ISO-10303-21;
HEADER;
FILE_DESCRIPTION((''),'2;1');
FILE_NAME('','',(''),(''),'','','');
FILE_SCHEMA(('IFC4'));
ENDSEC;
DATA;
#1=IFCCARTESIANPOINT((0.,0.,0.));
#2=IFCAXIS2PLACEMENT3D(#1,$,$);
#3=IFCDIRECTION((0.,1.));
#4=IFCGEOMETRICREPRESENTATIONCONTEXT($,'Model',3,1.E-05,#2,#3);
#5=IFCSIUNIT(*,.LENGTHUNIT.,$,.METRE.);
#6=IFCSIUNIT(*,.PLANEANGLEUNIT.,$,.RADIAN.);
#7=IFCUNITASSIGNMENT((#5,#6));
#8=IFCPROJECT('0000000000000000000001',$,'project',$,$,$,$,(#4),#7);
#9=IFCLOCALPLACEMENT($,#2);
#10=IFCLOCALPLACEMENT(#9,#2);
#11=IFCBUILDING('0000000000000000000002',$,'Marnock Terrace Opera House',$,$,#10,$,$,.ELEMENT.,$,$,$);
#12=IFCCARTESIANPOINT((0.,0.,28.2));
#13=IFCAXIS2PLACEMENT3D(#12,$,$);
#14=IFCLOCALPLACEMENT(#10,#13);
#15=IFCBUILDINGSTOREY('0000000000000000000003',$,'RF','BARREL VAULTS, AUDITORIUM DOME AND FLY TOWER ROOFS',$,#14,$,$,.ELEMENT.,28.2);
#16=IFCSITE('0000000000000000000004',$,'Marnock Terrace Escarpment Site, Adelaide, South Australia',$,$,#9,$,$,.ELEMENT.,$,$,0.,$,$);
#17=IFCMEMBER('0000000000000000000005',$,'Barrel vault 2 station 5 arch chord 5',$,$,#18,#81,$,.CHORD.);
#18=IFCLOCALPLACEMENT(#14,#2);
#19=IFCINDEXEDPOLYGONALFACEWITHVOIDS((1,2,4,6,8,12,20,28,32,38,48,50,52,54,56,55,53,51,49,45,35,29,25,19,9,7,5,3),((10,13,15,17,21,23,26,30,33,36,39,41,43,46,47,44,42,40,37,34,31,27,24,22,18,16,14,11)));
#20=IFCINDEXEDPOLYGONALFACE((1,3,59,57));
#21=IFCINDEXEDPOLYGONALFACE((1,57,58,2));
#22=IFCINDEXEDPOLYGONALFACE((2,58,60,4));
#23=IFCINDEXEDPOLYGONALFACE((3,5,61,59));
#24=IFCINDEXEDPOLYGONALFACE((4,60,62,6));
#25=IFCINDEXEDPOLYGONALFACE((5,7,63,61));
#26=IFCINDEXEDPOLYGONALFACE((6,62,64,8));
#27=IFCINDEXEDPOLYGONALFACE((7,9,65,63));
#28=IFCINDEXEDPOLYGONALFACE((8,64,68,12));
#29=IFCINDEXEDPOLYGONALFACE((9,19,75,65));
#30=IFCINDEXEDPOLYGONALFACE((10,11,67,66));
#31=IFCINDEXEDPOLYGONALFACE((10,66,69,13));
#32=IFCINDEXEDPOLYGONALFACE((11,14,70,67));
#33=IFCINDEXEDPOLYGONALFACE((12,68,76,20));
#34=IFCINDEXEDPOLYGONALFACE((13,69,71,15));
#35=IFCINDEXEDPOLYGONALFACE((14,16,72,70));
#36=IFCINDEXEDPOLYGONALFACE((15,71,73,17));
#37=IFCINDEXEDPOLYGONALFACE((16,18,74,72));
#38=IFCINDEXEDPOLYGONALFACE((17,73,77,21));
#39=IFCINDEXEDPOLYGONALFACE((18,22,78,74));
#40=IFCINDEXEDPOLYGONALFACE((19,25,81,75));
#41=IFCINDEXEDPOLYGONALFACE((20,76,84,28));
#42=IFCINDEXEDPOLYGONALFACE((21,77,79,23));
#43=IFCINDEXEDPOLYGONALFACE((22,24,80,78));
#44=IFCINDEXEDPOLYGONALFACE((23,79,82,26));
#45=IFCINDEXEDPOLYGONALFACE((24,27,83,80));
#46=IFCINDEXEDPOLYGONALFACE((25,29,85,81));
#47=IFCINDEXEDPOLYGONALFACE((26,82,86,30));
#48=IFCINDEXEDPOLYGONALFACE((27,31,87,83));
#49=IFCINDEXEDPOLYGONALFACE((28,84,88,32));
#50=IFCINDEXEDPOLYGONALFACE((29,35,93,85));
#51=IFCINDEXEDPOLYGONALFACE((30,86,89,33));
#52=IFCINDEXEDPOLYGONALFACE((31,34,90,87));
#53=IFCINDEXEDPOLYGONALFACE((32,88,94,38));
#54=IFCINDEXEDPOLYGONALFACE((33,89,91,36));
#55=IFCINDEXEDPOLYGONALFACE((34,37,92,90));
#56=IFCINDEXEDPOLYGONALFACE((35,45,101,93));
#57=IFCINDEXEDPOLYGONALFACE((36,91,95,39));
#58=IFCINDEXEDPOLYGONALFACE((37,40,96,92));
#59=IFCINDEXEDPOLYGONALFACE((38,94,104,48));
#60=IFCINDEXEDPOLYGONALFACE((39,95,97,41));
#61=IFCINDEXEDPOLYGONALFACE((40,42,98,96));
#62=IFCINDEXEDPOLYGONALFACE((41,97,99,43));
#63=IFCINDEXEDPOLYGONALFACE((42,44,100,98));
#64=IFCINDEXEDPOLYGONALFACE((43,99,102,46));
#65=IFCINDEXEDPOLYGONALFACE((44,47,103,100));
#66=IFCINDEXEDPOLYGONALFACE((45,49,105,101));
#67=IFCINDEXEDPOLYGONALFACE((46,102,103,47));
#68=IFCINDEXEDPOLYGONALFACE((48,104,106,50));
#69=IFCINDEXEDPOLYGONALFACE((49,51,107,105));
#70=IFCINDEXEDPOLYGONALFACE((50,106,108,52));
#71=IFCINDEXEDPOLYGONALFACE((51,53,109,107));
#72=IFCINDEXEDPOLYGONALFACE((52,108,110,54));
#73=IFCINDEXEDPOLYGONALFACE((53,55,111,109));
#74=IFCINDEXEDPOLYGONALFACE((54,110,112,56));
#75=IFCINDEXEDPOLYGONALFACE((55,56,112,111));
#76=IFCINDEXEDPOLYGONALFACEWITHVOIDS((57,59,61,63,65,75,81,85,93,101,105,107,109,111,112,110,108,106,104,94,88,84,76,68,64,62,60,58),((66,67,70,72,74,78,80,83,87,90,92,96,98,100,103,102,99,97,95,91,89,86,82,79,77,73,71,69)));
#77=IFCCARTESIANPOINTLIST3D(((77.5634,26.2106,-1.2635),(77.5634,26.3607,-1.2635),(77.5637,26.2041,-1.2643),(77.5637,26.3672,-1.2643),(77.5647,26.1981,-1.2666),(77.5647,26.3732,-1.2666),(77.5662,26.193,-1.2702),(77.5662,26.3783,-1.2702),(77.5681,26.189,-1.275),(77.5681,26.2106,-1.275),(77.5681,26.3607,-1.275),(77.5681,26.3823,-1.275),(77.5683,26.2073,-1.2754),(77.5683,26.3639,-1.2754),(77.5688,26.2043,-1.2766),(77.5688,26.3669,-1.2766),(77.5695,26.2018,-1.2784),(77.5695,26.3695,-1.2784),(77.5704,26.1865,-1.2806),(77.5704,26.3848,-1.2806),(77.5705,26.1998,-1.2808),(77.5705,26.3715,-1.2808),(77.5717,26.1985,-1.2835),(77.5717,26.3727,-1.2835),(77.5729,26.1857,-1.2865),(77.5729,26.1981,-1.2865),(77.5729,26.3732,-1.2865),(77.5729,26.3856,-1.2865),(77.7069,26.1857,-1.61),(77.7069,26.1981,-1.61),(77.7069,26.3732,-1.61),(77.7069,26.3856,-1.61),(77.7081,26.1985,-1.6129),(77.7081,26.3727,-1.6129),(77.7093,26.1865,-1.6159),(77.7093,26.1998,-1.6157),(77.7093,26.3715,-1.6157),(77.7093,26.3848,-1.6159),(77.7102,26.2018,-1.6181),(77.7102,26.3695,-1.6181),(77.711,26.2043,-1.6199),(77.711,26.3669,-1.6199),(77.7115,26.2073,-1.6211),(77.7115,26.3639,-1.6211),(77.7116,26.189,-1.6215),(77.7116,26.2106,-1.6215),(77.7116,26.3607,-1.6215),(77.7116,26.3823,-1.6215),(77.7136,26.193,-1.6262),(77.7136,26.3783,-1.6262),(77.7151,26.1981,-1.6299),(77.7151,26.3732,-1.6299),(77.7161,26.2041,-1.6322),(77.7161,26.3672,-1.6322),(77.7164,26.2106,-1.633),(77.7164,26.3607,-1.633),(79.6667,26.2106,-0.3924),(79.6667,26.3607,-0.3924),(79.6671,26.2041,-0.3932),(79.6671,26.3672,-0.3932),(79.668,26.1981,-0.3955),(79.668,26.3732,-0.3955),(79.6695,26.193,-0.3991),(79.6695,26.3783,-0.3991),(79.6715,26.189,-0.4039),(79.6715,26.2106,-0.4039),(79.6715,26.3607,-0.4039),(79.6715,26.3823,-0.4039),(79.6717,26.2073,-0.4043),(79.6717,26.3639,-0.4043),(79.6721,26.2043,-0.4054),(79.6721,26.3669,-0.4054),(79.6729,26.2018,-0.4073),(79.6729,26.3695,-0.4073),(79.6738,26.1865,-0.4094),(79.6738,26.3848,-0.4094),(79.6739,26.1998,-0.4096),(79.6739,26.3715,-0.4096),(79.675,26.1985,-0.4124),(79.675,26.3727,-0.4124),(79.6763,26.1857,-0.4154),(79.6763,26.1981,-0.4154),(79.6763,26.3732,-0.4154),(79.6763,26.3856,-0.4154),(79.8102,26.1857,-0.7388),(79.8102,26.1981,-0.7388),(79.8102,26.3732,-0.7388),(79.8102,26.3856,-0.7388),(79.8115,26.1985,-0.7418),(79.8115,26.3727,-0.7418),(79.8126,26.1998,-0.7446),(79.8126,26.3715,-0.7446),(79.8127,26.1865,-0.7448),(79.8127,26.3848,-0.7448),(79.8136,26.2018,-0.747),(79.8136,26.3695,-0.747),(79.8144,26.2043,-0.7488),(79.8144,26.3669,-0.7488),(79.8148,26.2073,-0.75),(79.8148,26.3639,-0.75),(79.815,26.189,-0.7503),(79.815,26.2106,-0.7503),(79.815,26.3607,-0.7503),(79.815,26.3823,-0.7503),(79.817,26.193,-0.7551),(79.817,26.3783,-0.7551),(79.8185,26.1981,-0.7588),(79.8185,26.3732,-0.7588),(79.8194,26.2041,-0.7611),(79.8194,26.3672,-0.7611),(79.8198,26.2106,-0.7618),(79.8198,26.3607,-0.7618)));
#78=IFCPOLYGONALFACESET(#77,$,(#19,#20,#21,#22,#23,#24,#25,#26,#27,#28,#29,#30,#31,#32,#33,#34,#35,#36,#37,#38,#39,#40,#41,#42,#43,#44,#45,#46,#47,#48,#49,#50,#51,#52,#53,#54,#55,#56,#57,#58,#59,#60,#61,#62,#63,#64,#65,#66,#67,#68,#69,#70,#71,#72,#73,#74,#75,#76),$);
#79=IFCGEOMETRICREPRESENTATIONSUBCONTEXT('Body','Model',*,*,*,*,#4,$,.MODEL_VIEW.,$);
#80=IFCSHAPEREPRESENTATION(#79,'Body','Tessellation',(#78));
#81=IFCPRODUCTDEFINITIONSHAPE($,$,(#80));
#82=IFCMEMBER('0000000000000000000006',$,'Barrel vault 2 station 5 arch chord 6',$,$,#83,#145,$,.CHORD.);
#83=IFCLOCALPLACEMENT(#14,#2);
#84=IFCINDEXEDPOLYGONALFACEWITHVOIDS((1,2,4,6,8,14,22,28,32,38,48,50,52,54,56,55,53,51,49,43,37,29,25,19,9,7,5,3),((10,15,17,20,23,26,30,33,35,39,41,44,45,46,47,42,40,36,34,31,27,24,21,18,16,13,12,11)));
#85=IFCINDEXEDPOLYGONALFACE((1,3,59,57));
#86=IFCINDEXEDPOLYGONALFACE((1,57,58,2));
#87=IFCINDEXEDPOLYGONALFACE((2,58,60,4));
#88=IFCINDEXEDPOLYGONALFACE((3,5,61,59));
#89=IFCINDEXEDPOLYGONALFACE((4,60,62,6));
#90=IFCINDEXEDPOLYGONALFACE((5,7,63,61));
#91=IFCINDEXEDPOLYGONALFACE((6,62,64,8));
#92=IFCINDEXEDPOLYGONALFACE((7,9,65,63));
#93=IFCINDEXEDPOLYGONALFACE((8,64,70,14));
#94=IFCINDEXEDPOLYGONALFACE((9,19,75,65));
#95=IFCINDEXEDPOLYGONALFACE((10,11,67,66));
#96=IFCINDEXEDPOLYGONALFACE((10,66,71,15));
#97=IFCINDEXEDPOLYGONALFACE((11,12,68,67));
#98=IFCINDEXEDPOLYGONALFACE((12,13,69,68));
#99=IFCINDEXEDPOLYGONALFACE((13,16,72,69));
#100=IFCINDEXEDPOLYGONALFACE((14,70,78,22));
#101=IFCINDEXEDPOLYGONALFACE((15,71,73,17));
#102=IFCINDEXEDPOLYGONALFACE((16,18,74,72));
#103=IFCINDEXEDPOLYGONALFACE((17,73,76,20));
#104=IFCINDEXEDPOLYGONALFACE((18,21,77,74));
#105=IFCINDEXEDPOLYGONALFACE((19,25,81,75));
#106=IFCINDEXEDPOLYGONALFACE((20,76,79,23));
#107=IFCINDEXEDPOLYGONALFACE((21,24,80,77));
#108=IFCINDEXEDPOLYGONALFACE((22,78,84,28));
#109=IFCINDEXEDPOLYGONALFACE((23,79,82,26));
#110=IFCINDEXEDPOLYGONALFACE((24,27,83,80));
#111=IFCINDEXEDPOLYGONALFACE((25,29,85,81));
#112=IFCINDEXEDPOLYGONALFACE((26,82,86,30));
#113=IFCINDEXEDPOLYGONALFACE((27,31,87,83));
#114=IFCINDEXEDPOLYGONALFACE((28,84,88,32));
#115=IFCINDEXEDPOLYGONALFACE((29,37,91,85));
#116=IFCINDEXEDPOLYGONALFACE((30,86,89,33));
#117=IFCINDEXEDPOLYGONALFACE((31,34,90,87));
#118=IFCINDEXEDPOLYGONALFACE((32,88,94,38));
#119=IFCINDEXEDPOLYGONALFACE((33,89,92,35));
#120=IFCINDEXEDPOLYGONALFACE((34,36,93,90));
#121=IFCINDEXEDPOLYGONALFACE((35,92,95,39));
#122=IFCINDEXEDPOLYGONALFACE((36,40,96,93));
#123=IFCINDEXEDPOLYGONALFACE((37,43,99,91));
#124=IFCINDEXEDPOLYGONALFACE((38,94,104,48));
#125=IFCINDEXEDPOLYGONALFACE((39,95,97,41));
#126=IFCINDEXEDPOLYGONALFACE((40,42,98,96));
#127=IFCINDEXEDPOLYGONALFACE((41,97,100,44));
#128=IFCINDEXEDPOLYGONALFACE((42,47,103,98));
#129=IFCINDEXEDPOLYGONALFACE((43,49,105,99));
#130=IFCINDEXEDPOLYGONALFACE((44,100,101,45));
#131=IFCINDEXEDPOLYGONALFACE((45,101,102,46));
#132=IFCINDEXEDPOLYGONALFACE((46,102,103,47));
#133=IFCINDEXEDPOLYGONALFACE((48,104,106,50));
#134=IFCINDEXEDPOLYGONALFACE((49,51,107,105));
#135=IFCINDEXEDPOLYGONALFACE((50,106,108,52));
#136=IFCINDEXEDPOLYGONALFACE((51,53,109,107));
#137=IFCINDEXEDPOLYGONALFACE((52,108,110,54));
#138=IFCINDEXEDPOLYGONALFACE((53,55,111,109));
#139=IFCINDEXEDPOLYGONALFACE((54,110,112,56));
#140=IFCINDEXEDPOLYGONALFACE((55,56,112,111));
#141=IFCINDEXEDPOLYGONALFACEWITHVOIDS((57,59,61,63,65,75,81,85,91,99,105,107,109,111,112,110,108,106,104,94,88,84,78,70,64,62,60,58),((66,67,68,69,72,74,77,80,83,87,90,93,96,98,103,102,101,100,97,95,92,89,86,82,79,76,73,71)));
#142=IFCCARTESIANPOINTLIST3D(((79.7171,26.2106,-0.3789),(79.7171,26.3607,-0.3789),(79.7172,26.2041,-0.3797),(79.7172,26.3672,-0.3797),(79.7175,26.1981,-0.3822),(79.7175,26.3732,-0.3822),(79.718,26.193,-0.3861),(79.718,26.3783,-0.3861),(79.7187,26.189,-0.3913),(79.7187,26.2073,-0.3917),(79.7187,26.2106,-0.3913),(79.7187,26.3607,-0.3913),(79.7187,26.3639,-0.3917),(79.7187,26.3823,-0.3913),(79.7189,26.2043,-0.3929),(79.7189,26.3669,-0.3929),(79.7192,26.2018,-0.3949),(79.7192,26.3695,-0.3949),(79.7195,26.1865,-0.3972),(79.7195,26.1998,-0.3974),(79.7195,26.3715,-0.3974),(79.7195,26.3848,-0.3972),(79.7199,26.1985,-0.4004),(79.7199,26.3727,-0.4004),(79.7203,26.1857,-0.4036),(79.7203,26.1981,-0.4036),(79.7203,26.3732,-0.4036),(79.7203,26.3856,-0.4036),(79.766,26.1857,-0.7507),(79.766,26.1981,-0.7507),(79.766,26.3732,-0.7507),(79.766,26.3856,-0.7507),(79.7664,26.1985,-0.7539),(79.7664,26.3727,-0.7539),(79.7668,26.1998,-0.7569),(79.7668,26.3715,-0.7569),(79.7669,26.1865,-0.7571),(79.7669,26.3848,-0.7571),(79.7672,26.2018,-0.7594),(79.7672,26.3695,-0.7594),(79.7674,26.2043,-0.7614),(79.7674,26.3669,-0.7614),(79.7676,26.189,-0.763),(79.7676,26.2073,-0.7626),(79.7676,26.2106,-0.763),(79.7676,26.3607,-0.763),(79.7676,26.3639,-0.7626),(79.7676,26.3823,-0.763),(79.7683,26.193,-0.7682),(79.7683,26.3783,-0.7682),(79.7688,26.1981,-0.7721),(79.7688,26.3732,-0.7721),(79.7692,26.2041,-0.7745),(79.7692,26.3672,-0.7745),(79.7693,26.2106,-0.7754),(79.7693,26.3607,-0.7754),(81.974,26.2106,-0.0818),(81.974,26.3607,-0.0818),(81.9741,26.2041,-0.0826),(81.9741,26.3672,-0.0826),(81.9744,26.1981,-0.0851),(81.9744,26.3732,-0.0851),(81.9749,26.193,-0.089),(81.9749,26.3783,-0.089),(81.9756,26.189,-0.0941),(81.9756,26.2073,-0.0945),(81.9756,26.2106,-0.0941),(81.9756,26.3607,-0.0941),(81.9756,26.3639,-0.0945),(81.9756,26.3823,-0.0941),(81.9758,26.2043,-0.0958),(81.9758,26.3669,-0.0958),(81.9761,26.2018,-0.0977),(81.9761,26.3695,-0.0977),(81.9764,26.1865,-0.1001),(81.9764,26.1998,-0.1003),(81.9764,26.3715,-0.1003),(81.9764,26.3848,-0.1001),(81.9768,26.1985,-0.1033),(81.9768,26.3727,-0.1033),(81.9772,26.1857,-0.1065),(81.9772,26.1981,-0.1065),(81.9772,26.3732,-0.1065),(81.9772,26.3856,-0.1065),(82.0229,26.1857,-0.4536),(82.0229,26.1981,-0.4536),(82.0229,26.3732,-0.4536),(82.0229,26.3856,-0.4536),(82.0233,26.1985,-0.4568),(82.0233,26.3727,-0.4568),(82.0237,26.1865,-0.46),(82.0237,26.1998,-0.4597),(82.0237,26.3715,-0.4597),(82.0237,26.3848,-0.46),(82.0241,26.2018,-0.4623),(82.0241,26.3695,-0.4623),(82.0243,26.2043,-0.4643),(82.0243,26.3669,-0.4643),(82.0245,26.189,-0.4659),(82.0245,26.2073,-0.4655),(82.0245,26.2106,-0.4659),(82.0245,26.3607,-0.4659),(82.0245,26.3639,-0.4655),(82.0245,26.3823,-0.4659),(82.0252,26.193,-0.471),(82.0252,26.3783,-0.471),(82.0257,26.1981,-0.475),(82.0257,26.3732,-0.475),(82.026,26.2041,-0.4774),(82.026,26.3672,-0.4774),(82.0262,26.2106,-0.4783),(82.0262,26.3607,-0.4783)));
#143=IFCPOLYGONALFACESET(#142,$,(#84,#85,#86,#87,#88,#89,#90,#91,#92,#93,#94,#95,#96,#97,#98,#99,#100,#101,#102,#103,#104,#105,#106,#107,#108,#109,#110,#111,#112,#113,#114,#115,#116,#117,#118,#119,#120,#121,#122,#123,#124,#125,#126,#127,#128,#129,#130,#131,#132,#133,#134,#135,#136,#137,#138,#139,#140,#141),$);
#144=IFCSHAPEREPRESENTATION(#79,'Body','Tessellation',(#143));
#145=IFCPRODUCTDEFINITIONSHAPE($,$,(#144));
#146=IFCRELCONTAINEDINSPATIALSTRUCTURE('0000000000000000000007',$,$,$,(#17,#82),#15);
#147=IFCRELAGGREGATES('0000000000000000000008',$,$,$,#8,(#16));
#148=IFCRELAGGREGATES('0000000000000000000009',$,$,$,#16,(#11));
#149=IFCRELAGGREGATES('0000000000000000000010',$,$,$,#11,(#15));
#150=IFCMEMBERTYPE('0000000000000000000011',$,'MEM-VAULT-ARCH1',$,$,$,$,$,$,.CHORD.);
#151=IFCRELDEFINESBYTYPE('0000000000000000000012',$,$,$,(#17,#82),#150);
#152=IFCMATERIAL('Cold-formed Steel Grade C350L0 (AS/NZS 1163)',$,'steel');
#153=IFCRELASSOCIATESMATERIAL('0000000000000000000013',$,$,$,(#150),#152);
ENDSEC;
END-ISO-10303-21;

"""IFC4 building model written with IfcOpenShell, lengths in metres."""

from ifc_helpers import new_model, si_unit, direction, frame, origin, origin_2d, place, context, subcontext, project, spatial, hollow_rectangle, extrude, material, material_profile, profile_set, type_object, element, save


model = new_model("IFC4")

# Units and contexts
model_context = context("Model", 3, precision=1e-05, world=origin(), true_north=direction((0.0, 1.0)))
body_context = subcontext(model_context, "Body", "Model", "MODEL_VIEW")
ifc_project = project(units=[si_unit("LENGTHUNIT", "METRE"), si_unit("PLANEANGLEUNIT", "RADIAN")], contexts=[model_context])

# Site, building, storey
site_placement = place(None, origin())
site = spatial("IfcSite", under=ifc_project, at=site_placement, Name="Marnock Terrace Escarpment Site, Adelaide, South Australia", CompositionType="ELEMENT", RefElevation=0.0)
building_placement = place(site_placement, origin())
building = spatial("IfcBuilding", under=site, at=building_placement, Name="Marnock Terrace Opera House", CompositionType="ELEMENT")
storey_placement = place(building_placement, frame((0.0, 0.0, 28.2)))
storey = spatial("IfcBuildingStorey", under=building, at=storey_placement, Name="RF", Description="BARREL VAULTS, AUDITORIUM DOME AND FLY TOWER ROOFS", CompositionType="ELEMENT", Elevation=28.2)

# Members
ifc_material = material(Name="Cold-formed Steel Grade C350L0 (AS/NZS 1163)", Category="steel")
ifc_material_profile_1 = material_profile(ifc_material, hollow_rectangle(XDim=0.2, YDim=0.3999, WallThickness=0.0125, InnerFilletRadius=0.0125, OuterFilletRadius=0.0249, at=origin_2d()))
ifc_profile_set_1 = profile_set([ifc_material_profile_1], Name="Cold-formed Steel Grade C350L0 (AS/NZS 1163)")
member_type_1 = type_object("IfcMemberType", Name="MEM-VAULT-ARCH1", PredefinedType="CHORD", material=ifc_profile_set_1)
member_1_placement = place(storey_placement, frame((77.6399, 26.2856, -1.4482), z_axis=(0.923897, 0.0, 0.382642), x_axis=(0.0, 1.0, 0.0)))
element("IfcMember", 1, at=member_1_placement, inside=storey, type_object=member_type_1, Name="Barrel vault 2 station 5 arch chord 5", PredefinedType="CHORD", context=body_context, shape_type="SweptSolid", body=[
    extrude(hollow_rectangle(XDim=0.2, YDim=0.3999, WallThickness=0.0125, InnerFilletRadius=0.0125, OuterFilletRadius=0.0249, at=origin_2d()), origin(), (0.0, 0.0, 1.0), 2.2766),
])
for number, where, z_axis, x_axis, name in (
    (2, (79.7432, 26.2856, -0.5771), (0.991445, 0.0, 0.130527), (0.0, 1.0, 0.0), "Barrel vault 2 station 5 arch chord 6"),
):
    element("IfcMember", number, at=place(storey_placement, frame(where, z_axis=z_axis, x_axis=x_axis)), inside=storey, type_object=member_type_1, Name=name, PredefinedType="CHORD", context=body_context, shape_type="SweptSolid", body=[
        extrude(hollow_rectangle(XDim=0.2, YDim=0.3999, WallThickness=0.0125, InnerFilletRadius=0.0125, OuterFilletRadius=0.0249, at=origin_2d()), origin(), (0.0, 0.0, 1.0), 2.2764),
    ])

save(model, "model.ifc")
